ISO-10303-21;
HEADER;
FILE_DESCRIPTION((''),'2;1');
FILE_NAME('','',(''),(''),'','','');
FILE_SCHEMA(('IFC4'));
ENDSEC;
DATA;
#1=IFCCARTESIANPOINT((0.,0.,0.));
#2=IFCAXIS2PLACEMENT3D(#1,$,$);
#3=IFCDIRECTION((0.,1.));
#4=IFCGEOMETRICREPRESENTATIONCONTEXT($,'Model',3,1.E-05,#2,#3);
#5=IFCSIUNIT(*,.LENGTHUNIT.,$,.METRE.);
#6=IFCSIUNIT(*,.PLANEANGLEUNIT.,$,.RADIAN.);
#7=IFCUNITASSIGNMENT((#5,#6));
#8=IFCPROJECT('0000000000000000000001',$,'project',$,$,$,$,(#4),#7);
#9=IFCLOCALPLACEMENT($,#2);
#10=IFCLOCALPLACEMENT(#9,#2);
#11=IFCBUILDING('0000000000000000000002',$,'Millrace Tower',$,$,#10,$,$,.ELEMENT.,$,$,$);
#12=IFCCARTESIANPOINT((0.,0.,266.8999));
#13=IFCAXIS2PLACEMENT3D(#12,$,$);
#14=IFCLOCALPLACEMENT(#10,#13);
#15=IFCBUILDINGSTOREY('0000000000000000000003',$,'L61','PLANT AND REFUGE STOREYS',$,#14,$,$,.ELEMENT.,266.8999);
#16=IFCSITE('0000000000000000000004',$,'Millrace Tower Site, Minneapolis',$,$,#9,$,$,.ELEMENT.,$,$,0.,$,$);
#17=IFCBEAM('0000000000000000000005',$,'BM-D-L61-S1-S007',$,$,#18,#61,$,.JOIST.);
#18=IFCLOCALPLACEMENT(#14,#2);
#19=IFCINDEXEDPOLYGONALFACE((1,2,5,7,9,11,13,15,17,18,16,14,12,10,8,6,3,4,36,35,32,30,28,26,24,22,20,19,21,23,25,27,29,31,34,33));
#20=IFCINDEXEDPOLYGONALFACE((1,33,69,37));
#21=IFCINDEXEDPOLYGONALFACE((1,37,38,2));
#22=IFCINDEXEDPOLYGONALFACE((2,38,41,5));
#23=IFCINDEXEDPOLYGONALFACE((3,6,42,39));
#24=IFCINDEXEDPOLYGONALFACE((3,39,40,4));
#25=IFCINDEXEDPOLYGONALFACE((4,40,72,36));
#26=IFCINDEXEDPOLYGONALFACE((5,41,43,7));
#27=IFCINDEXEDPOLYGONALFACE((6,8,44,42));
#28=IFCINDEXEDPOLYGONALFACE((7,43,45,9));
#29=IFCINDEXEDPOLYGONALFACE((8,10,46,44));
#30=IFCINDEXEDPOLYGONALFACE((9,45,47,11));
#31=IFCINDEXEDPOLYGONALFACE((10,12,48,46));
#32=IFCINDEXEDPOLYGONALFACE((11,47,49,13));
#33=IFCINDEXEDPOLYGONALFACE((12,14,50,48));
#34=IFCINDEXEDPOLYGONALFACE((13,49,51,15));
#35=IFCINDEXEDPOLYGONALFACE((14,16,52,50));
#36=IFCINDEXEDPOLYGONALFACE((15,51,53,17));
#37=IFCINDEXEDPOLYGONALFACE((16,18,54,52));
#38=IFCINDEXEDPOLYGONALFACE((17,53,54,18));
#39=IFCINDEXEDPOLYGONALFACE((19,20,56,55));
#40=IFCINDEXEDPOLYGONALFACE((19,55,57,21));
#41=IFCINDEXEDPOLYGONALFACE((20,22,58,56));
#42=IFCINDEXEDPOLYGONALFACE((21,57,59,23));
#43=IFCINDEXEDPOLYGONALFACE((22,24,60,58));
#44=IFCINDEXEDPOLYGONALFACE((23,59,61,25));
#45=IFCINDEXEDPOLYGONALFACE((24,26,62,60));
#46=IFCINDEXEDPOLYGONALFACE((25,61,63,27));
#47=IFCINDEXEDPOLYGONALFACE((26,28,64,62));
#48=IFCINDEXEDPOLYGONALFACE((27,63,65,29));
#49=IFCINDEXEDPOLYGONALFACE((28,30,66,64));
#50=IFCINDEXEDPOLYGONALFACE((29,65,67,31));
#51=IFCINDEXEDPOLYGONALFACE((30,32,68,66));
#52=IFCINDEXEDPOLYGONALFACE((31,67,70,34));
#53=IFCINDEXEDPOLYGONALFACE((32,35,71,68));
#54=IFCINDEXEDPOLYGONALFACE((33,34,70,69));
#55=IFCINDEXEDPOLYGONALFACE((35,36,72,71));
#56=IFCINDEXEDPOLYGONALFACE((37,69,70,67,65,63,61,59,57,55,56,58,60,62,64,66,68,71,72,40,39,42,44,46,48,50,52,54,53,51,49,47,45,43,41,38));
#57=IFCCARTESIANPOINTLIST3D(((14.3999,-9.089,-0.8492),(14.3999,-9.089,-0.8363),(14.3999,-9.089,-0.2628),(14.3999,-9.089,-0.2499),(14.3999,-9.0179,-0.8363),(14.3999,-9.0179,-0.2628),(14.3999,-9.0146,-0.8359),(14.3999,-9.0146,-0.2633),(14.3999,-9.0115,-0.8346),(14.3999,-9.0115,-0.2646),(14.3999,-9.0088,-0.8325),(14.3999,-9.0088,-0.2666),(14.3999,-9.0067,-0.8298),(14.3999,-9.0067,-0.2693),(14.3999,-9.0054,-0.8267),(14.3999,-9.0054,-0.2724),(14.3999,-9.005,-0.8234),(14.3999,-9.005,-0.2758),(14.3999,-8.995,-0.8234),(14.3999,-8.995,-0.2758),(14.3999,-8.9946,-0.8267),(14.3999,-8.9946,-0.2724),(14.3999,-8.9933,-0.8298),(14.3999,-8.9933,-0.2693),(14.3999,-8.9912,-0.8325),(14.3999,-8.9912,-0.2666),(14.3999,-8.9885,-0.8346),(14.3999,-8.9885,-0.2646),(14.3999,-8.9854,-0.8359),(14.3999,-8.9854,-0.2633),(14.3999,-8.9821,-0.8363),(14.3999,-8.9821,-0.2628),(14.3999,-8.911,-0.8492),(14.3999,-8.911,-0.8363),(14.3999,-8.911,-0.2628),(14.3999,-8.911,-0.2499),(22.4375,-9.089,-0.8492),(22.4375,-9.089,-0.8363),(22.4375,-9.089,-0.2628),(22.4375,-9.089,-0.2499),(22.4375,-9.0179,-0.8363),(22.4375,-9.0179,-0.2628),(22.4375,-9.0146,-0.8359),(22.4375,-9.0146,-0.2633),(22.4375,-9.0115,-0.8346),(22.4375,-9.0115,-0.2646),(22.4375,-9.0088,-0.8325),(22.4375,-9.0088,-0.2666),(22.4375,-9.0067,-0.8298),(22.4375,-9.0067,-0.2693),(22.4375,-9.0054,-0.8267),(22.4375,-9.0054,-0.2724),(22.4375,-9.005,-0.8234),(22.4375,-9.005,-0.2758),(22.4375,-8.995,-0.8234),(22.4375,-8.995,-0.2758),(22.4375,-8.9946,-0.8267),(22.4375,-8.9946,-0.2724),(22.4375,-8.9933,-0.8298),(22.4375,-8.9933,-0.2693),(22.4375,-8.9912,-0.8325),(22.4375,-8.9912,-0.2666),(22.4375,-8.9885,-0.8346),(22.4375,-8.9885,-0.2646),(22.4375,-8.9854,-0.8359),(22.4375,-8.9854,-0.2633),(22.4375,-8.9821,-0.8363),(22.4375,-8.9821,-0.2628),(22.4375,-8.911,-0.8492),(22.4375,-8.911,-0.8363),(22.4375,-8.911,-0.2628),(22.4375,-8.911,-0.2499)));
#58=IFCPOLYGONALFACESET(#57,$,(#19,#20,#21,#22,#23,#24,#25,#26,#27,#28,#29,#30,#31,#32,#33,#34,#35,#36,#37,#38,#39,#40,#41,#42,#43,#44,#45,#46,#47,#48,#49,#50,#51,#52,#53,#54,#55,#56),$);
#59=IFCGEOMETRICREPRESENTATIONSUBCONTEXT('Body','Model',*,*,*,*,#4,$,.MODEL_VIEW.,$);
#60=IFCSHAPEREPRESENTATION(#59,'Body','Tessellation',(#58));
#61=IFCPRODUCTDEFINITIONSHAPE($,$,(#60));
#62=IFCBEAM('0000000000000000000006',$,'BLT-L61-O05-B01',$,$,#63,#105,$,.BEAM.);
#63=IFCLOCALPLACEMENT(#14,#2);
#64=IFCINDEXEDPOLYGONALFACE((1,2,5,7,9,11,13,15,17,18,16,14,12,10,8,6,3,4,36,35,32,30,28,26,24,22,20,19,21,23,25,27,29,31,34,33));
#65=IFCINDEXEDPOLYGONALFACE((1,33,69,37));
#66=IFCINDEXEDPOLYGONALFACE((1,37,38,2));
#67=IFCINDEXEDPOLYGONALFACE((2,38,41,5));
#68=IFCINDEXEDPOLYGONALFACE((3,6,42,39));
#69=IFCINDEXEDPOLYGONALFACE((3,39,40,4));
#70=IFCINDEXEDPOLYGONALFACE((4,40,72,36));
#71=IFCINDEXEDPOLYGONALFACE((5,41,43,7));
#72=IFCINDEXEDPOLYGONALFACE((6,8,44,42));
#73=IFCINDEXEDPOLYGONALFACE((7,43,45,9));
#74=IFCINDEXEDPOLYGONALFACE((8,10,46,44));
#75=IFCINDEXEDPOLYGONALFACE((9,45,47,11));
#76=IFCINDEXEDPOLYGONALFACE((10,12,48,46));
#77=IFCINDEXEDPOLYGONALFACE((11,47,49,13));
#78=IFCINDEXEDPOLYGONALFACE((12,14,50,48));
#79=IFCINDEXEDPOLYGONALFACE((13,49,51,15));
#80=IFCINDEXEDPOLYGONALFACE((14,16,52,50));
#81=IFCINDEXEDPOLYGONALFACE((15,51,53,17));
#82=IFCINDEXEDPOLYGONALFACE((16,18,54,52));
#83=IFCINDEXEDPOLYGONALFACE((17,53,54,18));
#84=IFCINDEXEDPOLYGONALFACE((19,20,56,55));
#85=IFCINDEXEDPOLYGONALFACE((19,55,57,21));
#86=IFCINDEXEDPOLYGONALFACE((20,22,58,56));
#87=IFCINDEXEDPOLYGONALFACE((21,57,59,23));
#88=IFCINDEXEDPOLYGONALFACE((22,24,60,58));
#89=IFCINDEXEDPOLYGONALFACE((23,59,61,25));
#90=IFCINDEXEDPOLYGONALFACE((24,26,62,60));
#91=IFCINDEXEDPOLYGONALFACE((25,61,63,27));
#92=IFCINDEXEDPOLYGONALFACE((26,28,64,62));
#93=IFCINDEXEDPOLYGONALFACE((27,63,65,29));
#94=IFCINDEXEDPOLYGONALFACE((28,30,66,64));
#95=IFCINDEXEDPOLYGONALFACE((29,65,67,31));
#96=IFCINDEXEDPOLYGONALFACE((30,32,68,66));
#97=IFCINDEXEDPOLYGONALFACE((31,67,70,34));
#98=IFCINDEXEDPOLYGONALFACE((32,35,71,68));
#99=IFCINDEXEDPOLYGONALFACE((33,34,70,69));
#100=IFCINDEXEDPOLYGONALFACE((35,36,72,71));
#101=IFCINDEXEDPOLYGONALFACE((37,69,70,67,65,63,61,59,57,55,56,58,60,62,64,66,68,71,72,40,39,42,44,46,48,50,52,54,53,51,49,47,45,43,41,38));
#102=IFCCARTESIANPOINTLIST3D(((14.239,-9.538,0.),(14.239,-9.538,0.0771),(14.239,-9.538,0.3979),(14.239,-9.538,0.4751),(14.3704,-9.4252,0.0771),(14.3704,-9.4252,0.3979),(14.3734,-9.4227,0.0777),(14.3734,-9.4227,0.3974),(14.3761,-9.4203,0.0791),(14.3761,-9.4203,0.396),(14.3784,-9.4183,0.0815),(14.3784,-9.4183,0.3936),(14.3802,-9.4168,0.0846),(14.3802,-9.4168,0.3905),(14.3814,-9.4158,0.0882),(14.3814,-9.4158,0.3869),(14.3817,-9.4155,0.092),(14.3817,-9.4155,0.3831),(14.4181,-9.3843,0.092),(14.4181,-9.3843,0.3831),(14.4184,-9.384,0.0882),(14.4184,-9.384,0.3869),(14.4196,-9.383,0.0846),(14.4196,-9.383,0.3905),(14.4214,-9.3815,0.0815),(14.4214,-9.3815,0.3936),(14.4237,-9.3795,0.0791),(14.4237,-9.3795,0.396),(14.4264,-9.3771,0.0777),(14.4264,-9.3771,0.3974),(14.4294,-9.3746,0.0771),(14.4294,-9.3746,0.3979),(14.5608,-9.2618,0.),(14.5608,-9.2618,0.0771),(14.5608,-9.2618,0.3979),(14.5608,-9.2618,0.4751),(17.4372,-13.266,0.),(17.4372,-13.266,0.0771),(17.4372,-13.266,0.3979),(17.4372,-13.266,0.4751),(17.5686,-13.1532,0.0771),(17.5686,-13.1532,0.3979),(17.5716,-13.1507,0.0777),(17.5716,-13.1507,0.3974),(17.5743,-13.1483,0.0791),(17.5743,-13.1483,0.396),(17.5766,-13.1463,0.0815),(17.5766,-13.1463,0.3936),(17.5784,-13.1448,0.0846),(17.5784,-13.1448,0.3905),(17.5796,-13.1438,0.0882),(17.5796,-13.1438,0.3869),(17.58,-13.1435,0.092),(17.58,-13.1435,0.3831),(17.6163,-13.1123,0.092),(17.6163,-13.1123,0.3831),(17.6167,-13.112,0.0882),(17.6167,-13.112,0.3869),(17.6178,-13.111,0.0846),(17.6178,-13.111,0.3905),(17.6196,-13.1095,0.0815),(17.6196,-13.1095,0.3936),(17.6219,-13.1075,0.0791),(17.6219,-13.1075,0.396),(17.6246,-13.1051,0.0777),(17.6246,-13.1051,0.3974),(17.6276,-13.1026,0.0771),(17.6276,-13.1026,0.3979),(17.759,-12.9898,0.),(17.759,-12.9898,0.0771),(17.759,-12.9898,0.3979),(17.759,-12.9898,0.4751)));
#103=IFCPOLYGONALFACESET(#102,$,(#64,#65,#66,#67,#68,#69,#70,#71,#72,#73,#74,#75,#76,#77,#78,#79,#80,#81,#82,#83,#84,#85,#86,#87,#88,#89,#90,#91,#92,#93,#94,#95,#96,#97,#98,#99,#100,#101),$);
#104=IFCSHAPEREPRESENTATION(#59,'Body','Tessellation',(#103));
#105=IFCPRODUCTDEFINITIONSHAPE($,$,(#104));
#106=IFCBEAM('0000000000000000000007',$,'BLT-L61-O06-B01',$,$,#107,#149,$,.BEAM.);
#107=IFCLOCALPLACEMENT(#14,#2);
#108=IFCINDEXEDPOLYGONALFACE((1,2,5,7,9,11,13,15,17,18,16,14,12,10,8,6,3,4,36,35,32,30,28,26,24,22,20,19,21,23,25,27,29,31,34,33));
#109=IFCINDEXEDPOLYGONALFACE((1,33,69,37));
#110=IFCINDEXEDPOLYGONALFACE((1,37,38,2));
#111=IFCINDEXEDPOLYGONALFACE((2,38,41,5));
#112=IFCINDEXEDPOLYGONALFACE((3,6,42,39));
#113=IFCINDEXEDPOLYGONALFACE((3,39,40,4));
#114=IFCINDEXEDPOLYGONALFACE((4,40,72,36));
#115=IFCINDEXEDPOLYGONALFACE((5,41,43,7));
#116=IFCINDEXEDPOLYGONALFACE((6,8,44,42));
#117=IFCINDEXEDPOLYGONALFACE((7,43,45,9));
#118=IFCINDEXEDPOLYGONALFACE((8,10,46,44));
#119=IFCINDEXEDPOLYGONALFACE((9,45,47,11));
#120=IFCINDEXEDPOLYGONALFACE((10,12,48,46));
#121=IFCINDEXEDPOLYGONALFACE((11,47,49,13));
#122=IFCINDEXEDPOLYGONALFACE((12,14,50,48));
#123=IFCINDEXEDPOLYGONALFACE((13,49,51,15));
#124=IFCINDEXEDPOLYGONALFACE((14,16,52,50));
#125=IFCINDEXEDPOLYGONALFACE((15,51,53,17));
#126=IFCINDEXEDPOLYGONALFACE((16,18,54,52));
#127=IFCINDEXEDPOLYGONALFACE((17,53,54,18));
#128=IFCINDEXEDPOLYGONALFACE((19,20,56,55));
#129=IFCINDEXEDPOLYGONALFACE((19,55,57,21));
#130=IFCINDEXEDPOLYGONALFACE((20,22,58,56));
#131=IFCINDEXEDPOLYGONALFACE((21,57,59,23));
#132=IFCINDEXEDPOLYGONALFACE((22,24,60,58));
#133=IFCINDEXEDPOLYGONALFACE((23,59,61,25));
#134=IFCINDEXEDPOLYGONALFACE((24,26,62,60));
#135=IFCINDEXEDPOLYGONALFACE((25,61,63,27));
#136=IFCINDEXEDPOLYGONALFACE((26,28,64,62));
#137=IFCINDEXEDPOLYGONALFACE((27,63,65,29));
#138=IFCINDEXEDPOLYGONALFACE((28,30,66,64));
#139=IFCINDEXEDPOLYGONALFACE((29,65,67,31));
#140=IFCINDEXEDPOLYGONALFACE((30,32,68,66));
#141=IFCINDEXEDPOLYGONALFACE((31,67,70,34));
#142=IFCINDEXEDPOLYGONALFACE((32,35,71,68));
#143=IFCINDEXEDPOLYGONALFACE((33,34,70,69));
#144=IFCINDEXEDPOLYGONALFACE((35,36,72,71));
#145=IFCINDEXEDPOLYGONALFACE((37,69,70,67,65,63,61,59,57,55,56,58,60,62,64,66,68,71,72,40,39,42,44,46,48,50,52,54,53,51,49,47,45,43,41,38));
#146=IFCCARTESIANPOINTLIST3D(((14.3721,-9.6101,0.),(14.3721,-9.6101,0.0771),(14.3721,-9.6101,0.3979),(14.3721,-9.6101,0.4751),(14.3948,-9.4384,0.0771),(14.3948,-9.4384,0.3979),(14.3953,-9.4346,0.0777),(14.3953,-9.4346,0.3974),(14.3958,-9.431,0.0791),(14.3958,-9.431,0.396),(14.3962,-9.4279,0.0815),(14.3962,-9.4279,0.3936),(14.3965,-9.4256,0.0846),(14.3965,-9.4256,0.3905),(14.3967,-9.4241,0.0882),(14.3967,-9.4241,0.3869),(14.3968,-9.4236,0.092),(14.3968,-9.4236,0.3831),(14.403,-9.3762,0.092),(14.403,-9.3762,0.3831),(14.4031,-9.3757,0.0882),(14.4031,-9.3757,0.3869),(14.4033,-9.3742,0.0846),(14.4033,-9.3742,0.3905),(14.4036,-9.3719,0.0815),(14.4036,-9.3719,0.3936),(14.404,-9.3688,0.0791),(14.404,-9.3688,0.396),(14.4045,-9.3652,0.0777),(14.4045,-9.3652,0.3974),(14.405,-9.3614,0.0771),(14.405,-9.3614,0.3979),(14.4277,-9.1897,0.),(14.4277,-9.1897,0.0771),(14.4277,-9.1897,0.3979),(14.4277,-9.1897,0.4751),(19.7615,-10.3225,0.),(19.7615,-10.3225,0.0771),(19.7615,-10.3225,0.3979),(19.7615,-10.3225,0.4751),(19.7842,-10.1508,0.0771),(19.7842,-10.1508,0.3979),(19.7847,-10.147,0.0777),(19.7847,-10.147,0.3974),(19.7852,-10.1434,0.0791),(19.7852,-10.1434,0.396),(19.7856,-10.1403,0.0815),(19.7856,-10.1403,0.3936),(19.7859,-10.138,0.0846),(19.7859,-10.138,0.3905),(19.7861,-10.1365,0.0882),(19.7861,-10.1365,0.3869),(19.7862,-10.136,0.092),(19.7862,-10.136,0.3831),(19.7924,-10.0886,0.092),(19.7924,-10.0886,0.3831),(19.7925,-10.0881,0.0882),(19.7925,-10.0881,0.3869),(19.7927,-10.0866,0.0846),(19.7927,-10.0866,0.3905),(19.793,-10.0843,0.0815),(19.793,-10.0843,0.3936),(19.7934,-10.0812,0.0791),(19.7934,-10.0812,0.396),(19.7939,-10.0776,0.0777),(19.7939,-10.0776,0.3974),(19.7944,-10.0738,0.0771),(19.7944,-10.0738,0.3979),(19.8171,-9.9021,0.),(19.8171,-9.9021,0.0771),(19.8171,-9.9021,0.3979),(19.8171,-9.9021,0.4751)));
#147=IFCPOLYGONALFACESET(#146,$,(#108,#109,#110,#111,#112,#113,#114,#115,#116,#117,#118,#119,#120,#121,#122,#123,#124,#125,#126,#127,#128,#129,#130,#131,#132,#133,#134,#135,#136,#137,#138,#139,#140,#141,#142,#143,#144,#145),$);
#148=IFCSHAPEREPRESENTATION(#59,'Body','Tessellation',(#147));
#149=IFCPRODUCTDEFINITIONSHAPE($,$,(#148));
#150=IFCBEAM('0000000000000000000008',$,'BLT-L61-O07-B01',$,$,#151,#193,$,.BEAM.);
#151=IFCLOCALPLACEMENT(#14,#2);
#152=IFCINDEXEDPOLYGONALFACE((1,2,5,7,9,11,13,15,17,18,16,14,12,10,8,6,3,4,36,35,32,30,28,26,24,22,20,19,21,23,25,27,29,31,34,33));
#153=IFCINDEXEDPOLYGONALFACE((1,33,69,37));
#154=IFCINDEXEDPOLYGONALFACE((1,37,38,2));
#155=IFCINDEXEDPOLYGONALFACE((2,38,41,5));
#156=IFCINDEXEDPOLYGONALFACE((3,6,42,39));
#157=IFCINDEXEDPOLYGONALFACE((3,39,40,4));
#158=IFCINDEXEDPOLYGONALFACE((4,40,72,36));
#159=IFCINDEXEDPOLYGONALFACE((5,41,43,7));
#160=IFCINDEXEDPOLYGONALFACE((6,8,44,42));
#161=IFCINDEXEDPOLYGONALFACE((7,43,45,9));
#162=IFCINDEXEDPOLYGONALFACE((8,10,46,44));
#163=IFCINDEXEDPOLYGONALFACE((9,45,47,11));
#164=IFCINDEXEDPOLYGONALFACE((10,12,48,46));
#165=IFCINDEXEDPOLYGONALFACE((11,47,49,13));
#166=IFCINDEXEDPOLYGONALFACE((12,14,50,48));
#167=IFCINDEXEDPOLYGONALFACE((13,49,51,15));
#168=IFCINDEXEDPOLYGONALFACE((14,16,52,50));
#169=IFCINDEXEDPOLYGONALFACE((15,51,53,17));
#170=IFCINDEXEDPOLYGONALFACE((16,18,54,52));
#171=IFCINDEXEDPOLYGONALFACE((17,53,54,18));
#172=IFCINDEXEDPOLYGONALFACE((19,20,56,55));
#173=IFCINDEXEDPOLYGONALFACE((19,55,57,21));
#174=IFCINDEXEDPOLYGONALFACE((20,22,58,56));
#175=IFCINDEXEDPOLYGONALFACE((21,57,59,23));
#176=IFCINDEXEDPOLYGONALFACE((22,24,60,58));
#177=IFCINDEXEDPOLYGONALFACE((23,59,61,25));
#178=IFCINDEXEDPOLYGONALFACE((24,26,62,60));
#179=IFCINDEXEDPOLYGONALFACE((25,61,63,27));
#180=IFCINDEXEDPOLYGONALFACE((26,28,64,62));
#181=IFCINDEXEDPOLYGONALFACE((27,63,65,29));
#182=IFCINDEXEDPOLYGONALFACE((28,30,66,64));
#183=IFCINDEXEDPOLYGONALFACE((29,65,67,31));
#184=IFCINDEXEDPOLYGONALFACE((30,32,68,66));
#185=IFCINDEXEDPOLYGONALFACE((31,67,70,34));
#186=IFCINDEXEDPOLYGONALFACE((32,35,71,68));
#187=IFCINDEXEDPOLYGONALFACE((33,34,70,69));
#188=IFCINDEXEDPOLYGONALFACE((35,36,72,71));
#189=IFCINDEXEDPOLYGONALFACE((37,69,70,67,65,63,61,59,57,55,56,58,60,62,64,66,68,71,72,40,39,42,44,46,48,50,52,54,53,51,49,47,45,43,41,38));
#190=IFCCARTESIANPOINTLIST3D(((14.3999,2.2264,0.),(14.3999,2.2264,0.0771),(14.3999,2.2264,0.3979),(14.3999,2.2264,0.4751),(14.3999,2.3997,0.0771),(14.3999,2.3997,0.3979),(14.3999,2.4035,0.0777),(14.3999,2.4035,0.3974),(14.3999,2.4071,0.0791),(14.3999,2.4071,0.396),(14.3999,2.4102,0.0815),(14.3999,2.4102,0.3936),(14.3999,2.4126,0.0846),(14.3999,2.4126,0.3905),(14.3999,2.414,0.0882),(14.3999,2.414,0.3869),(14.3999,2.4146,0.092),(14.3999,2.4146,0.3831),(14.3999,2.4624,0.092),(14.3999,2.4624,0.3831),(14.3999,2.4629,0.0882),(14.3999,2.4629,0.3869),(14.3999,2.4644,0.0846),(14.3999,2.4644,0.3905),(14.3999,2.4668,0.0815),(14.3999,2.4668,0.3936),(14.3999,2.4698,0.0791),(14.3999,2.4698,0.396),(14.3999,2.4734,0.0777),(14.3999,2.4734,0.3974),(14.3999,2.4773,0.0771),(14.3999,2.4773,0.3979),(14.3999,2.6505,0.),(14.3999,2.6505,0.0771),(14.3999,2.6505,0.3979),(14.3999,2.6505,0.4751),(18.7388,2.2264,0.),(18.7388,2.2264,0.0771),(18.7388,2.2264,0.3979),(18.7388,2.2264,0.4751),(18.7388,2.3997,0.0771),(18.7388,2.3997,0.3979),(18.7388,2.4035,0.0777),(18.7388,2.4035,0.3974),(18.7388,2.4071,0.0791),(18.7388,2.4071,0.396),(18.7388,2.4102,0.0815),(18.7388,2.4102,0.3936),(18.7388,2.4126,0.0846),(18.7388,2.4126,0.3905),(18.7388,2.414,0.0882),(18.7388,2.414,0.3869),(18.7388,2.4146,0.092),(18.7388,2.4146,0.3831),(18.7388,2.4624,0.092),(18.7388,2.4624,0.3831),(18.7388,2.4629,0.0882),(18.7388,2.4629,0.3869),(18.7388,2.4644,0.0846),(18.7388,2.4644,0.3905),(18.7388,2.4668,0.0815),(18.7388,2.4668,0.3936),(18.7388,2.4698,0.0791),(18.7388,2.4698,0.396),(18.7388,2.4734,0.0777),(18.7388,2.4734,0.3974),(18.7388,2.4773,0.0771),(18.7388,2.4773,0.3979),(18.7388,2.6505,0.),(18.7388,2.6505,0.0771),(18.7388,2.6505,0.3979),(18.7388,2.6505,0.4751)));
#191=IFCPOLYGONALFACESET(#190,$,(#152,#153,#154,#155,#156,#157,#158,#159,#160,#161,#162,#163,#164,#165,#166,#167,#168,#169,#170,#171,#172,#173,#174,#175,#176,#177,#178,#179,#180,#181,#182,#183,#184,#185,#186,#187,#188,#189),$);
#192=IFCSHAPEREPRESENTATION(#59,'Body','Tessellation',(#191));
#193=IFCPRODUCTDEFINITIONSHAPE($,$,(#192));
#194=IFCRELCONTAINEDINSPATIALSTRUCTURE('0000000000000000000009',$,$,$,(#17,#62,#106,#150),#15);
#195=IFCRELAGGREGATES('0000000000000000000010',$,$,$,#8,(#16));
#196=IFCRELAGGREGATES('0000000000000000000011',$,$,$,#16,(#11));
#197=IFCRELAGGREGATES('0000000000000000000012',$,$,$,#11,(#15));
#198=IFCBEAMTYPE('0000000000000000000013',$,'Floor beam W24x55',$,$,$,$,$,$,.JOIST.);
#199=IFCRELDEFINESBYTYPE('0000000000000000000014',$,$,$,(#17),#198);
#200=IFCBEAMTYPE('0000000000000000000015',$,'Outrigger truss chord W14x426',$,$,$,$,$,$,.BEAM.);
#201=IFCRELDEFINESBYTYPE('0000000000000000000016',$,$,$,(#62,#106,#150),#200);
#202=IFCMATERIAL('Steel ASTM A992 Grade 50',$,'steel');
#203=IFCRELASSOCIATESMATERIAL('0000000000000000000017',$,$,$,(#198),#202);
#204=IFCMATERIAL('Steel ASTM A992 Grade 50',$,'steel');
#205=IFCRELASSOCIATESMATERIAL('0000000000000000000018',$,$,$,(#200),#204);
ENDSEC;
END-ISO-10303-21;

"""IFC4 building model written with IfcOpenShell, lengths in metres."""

from ifc_helpers import new_model, si_unit, direction, frame, origin, origin_2d, place, context, subcontext, project, spatial, i_section, extrude, material, material_profile, profile_set, type_object, element, save


model = new_model("IFC4")

# Units and contexts
model_context = context("Model", 3, precision=1e-05, world=origin(), true_north=direction((0.0, 1.0)))
body_context = subcontext(model_context, "Body", "Model", "MODEL_VIEW")
ifc_project = project(units=[si_unit("LENGTHUNIT", "METRE"), si_unit("PLANEANGLEUNIT", "RADIAN")], contexts=[model_context])

# Site, building, storey
site_placement = place(None, origin())
site = spatial("IfcSite", under=ifc_project, at=site_placement, Name="Millrace Tower Site, Minneapolis", CompositionType="ELEMENT", RefElevation=0.0)
building_placement = place(site_placement, origin())
building = spatial("IfcBuilding", under=site, at=building_placement, Name="Millrace Tower", CompositionType="ELEMENT")
storey_placement = place(building_placement, frame((0.0, 0.0, 266.8999)))
storey = spatial("IfcBuildingStorey", under=building, at=storey_placement, Name="L61", Description="PLANT AND REFUGE STOREYS", CompositionType="ELEMENT", Elevation=266.8999)

# Beams
ifc_material_1 = material(Name="Steel ASTM A992 Grade 50", Category="steel")
ifc_material_profile_1 = material_profile(ifc_material_1, i_section(OverallWidth=0.178, OverallDepth=0.5994, WebThickness=0.01, FlangeThickness=0.0129, FilletRadius=0.0129, at=origin_2d()))
ifc_profile_set_1 = profile_set([ifc_material_profile_1], Name="Steel ASTM A992 Grade 50")
beam_type_1 = type_object("IfcBeamType", Name="Floor beam W24x55", PredefinedType="JOIST", material=ifc_profile_set_1)
beam_1_placement = place(storey_placement, frame((14.3999, -9.0, -0.5496), z_axis=(1.0, 0.0, 0.0), x_axis=(0.0, 1.0, 0.0)))
element("IfcBeam", 1, at=beam_1_placement, inside=storey, type_object=beam_type_1, Name="BM-D-L61-S1-S007", PredefinedType="JOIST", context=body_context, shape_type="SweptSolid", body=[
    extrude(i_section(OverallWidth=0.178, OverallDepth=0.5994, WebThickness=0.01, FlangeThickness=0.0129, FilletRadius=0.0129, at=origin_2d()), origin(), (0.0, 0.0, 1.0), 8.0376),
])
ifc_material_2 = material(Name="Steel ASTM A992 Grade 50", Category="steel")
ifc_material_profile_2 = material_profile(ifc_material_2, i_section(OverallWidth=0.4241, OverallDepth=0.4751, WebThickness=0.0479, FlangeThickness=0.0771, FilletRadius=0.0149, at=origin_2d()))
ifc_profile_set_2 = profile_set([ifc_material_profile_2], Name="Steel ASTM A992 Grade 50")
beam_type_2 = type_object("IfcBeamType", Name="Outrigger truss chord W14x426", PredefinedType="BEAM", material=ifc_profile_set_2)
beam_2_placement = place(storey_placement, frame((14.3999, -9.3999, 0.2375), z_axis=(0.651119, -0.758976, 0.0), x_axis=(0.758976, 0.651119, 0.0)))
element("IfcBeam", 2, at=beam_2_placement, inside=storey, type_object=beam_type_2, Name="BLT-L61-O05-B01", PredefinedType="BEAM", context=body_context, shape_type="SweptSolid", body=[
    extrude(i_section(OverallWidth=0.4241, OverallDepth=0.4751, WebThickness=0.0479, FlangeThickness=0.0771, FilletRadius=0.0149, at=origin_2d()), origin(), (0.0, 0.0, 1.0), 4.9119),
])
beam_3_placement = place(storey_placement, frame((14.3999, -9.3999, 0.2375), z_axis=(0.991376, -0.131046, 0.0), x_axis=(0.131046, 0.991376, 0.0)))
element("IfcBeam", 3, at=beam_3_placement, inside=storey, type_object=beam_type_2, Name="BLT-L61-O06-B01", PredefinedType="BEAM", context=body_context, shape_type="SweptSolid", body=[
    extrude(i_section(OverallWidth=0.4241, OverallDepth=0.4751, WebThickness=0.0479, FlangeThickness=0.0771, FilletRadius=0.0149, at=origin_2d()), origin(), (0.0, 0.0, 1.0), 5.4363),
])
for number, where, z_axis, x_axis, name in (
    (4, (14.3999, 2.4385, 0.2375), (1.0, 0.0, 0.0), (0.0, 1.0, 0.0), "BLT-L61-O07-B01"),
):
    element("IfcBeam", number, at=place(storey_placement, frame(where, z_axis=z_axis, x_axis=x_axis)), inside=storey, type_object=beam_type_2, Name=name, PredefinedType="BEAM", context=body_context, shape_type="SweptSolid", body=[
        extrude(i_section(OverallWidth=0.4241, OverallDepth=0.4751, WebThickness=0.0479, FlangeThickness=0.0771, FilletRadius=0.0149, at=origin_2d()), origin(), (0.0, 0.0, 1.0), 4.3389),
    ])

save(model, "model.ifc")
